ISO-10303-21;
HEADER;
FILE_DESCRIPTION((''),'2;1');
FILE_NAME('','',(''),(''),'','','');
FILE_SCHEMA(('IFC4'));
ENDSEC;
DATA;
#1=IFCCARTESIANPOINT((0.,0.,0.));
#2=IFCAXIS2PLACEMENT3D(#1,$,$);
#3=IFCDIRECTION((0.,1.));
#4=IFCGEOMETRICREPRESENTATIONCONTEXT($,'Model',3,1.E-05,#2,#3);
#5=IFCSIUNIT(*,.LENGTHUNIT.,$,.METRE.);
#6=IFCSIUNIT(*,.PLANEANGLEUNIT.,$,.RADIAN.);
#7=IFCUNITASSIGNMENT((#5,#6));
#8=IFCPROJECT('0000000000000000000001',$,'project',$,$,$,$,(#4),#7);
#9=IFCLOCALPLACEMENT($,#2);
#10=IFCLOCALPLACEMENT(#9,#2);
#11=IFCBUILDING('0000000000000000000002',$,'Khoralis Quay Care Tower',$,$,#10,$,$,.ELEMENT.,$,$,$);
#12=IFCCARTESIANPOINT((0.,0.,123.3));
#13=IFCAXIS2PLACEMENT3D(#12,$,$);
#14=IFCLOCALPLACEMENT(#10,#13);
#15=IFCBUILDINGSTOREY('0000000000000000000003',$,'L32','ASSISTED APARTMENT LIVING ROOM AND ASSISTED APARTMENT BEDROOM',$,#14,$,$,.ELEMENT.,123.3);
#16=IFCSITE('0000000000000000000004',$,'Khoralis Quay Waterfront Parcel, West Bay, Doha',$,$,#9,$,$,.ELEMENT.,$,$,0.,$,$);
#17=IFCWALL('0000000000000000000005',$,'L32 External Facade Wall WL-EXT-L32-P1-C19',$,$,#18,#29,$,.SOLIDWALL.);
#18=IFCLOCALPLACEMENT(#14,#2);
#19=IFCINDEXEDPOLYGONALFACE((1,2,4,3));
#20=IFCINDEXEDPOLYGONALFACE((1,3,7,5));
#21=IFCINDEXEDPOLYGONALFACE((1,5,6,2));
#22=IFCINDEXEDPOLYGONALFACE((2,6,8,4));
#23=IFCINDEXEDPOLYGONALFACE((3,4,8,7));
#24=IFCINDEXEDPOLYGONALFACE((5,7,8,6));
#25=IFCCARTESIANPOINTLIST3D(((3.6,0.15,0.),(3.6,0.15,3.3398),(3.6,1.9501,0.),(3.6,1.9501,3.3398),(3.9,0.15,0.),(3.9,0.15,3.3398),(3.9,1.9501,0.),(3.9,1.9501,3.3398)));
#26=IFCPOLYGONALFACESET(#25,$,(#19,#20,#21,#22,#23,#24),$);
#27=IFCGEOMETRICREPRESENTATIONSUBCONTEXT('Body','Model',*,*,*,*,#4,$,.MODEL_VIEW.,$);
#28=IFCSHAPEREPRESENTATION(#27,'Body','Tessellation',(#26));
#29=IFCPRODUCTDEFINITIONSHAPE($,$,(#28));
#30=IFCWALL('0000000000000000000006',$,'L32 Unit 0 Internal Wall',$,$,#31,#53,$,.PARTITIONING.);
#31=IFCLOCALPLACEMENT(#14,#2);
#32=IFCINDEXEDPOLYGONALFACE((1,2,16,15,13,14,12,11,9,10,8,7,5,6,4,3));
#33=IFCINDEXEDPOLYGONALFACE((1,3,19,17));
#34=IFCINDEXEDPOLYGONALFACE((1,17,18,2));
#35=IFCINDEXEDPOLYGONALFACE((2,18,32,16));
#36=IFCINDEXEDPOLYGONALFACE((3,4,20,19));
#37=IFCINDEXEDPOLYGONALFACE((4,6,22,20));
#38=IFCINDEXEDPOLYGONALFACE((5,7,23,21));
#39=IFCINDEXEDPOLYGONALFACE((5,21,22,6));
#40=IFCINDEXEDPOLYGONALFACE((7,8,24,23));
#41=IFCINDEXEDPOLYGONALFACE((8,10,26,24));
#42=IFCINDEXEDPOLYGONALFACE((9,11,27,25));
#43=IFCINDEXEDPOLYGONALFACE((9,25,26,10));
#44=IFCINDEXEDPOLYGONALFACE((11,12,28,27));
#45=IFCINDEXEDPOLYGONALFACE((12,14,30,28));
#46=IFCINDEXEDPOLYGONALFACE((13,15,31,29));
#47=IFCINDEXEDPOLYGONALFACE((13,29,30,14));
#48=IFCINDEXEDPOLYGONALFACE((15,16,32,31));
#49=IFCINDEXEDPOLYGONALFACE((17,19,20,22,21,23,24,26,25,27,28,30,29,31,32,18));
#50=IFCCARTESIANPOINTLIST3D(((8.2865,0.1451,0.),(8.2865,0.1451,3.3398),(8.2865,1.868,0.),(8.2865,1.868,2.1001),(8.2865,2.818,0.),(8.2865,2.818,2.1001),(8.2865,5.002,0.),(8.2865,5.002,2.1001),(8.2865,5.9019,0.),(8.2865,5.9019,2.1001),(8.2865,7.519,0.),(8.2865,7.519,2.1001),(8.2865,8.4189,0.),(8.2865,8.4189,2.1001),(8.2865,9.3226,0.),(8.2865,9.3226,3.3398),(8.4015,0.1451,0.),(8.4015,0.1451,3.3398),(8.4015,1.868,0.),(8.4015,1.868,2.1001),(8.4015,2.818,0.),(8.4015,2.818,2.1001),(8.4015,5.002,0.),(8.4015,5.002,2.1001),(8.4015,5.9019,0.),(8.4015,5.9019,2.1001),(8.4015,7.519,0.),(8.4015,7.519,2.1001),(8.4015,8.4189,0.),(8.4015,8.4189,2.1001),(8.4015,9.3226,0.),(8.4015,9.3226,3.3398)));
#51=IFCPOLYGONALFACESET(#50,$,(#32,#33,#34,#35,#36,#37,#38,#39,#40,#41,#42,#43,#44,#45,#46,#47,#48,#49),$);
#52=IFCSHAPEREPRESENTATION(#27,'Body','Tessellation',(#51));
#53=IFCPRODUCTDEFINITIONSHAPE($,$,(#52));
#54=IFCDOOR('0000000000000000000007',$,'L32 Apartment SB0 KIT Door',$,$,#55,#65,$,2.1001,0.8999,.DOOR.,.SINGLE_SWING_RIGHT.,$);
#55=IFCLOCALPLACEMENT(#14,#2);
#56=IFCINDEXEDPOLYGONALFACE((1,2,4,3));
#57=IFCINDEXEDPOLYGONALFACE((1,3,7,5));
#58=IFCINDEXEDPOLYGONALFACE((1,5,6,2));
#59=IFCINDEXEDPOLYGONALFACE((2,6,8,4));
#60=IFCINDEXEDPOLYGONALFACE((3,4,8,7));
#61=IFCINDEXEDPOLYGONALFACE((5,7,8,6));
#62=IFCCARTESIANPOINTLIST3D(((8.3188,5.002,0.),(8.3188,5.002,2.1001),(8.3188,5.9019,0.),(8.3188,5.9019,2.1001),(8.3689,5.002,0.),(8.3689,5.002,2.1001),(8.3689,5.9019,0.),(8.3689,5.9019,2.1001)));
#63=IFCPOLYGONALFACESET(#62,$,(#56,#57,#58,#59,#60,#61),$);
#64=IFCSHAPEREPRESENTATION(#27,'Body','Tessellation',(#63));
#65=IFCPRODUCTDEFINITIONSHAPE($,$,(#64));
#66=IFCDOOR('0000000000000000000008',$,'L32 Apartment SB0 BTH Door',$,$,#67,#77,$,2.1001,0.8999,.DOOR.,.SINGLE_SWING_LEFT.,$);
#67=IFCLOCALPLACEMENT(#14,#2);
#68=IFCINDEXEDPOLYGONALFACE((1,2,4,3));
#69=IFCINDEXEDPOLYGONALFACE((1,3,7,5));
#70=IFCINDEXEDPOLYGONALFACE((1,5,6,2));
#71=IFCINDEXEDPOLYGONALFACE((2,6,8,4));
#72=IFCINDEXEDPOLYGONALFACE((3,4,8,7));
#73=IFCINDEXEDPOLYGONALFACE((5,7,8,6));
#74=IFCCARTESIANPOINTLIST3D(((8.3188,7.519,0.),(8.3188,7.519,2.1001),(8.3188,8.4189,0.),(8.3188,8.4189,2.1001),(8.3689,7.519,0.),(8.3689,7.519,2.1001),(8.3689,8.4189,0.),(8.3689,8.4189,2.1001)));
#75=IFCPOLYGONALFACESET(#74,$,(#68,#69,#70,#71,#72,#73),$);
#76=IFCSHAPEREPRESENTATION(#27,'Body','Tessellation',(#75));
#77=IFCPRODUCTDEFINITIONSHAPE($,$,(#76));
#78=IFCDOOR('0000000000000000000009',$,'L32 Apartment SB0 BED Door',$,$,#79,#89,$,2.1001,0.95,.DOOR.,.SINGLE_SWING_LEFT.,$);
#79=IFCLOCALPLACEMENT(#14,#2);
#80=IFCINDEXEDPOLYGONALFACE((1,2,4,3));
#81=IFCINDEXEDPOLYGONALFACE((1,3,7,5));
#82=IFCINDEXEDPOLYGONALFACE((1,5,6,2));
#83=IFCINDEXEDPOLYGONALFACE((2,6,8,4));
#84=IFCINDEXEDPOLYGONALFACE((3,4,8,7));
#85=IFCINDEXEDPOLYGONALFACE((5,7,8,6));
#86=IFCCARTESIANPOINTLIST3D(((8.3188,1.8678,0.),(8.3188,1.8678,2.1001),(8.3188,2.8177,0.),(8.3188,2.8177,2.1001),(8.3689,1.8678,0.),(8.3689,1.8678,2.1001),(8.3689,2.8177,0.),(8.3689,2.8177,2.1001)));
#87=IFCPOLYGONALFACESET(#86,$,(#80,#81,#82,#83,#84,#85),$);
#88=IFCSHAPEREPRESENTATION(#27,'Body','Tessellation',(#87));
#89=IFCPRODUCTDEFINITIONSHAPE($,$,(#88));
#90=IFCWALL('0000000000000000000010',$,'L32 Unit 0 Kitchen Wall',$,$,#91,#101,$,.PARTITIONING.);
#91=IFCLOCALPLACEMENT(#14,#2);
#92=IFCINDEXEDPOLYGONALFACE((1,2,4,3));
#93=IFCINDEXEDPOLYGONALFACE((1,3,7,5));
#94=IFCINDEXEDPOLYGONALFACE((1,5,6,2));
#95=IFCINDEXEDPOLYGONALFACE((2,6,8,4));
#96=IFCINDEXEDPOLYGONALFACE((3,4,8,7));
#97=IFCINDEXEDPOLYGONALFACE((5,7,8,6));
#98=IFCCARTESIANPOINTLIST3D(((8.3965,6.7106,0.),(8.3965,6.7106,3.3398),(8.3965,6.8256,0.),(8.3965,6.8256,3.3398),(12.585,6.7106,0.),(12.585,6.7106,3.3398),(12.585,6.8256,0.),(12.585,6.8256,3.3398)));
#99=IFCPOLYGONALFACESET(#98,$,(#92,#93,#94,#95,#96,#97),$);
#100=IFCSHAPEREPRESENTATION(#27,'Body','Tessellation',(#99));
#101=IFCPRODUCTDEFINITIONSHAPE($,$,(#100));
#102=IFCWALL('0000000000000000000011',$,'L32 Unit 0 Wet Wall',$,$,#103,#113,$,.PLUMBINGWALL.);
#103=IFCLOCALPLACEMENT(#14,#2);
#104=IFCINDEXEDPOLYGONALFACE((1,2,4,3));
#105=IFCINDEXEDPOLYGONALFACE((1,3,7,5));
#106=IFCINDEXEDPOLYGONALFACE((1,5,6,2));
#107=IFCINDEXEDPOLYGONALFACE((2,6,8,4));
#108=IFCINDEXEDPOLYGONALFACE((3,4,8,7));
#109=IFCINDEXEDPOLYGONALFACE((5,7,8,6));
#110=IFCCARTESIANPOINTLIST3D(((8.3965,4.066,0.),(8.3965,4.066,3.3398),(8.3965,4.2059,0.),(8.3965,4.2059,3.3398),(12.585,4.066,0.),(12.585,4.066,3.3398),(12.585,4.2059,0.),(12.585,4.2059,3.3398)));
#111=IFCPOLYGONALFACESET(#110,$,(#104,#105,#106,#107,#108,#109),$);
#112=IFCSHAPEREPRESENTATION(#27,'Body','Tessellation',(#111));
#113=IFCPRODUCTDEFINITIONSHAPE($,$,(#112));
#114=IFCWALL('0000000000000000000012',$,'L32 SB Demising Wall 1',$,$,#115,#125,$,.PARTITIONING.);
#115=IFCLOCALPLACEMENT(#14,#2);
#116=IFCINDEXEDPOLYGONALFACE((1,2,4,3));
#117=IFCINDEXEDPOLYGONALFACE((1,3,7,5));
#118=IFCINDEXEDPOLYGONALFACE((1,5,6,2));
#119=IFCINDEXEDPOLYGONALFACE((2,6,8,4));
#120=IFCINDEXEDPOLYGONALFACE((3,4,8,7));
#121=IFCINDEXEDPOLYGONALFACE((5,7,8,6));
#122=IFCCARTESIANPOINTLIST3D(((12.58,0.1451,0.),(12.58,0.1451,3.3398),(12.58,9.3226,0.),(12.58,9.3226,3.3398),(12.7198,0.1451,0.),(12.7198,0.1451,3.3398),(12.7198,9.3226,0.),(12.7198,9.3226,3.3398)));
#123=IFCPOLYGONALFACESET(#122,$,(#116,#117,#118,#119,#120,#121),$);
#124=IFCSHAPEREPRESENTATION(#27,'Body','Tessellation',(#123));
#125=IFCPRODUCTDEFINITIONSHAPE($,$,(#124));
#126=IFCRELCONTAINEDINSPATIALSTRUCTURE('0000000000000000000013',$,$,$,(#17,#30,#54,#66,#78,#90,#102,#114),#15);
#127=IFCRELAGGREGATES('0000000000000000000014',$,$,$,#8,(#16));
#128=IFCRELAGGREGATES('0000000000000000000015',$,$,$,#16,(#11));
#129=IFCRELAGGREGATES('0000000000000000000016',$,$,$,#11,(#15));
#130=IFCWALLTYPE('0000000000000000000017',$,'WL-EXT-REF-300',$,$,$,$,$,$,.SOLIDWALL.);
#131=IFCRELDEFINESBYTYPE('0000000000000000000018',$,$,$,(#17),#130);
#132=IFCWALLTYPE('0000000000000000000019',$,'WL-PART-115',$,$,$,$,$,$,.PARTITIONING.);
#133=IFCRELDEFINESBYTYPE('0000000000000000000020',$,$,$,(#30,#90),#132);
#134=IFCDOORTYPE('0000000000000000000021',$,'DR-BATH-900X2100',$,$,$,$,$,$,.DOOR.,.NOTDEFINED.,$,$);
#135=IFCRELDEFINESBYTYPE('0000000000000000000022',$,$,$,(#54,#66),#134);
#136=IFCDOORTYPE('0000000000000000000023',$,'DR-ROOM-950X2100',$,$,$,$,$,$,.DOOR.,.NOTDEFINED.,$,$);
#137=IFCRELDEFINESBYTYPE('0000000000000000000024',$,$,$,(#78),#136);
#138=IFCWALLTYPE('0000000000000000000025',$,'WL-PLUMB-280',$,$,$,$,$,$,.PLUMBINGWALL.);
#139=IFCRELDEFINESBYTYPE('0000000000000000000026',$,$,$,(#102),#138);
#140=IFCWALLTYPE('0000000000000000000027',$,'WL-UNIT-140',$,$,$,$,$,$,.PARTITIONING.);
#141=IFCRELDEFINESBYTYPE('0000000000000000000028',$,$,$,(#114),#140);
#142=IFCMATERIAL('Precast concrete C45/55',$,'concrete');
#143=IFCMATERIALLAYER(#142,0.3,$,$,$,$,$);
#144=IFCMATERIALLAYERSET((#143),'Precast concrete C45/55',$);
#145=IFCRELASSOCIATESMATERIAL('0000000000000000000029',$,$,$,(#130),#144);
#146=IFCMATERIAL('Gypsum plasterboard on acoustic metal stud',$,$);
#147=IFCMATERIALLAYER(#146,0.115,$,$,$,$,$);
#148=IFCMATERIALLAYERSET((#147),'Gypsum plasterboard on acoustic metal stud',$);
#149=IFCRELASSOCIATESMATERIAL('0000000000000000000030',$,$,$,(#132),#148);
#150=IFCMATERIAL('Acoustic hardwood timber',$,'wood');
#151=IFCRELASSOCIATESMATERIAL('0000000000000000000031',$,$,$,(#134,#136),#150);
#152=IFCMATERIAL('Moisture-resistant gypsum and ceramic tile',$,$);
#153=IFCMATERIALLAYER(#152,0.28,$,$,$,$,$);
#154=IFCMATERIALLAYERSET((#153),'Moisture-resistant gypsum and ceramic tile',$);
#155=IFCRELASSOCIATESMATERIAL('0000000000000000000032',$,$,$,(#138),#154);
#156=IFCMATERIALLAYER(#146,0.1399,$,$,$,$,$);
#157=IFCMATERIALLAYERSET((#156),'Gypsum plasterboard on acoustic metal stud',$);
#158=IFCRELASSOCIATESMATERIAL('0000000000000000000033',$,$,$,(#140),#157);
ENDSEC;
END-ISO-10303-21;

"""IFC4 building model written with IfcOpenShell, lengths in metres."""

from ifc_helpers import new_model, si_unit, direction, frame, frame_2d, origin, place, context, subcontext, project, spatial, rectangle, extrude, source, transform, mapped, material, layer, layer_set, type_object, element, fill, save


model = new_model("IFC4")

# Units and contexts
model_context = context("Model", 3, precision=1e-05, world=origin(), true_north=direction((0.0, 1.0)))
body_context = subcontext(model_context, "Body", "Model", "MODEL_VIEW")
ifc_project = project(units=[si_unit("LENGTHUNIT", "METRE"), si_unit("PLANEANGLEUNIT", "RADIAN")], contexts=[model_context])

# Site, building, storey
site_placement = place(None, origin())
site = spatial("IfcSite", under=ifc_project, at=site_placement, Name="Khoralis Quay Waterfront Parcel, West Bay, Doha", CompositionType="ELEMENT", RefElevation=0.0)
building_placement = place(site_placement, origin())
building = spatial("IfcBuilding", under=site, at=building_placement, Name="Khoralis Quay Care Tower", CompositionType="ELEMENT")
storey_placement = place(building_placement, frame((0.0, 0.0, 123.3)))
storey = spatial("IfcBuildingStorey", under=building, at=storey_placement, Name="L32", Description="ASSISTED APARTMENT LIVING ROOM AND ASSISTED APARTMENT BEDROOM", CompositionType="ELEMENT", Elevation=123.3)

# Wall
ifc_material_1 = material(Name="Precast concrete C45/55", Category="concrete")
ifc_layer_1 = layer(ifc_material_1, 0.3)
ifc_layer_set_1 = layer_set([ifc_layer_1], Name="Precast concrete C45/55")
wall_type_1 = type_object("IfcWallType", Name="WL-EXT-REF-300", PredefinedType="SOLIDWALL", material=ifc_layer_set_1)
wall_1_placement = place(storey_placement, frame((3.75, 1.95, 0.0), z_axis=(0.0, 0.0, 1.0), x_axis=(0.0, -1.0, 0.0)))
element("IfcWall", 1, at=wall_1_placement, inside=storey, type_object=wall_type_1, Name="L32 External Facade Wall WL-EXT-L32-P1-C19", PredefinedType="SOLIDWALL", context=body_context, shape_type="SweptSolid", body=[
    extrude(rectangle(XDim=1.8, YDim=0.3, at=frame_2d((0.8999, 0.0))), origin(), (0.0, 0.0, 1.0), 3.3398),
])

# Wall, openings, doors
ifc_material_2 = material(Name="Gypsum plasterboard on acoustic metal stud")
ifc_layer_2 = layer(ifc_material_2, 0.115)
ifc_layer_set_2 = layer_set([ifc_layer_2], Name="Gypsum plasterboard on acoustic metal stud")
wall_type_2 = type_object("IfcWallType", Name="WL-PART-115", PredefinedType="PARTITIONING", material=ifc_layer_set_2)
wall_2_placement = place(storey_placement, frame((8.344, 0.145, 0.0), z_axis=(0.0, 0.0, 1.0), x_axis=(0.0, 1.0, 0.0)))
wall_2 = element("IfcWall", 2, at=wall_2_placement, inside=storey, type_object=wall_type_2, Name="L32 Unit 0 Internal Wall", PredefinedType="PARTITIONING", context=body_context, shape_type="SweptSolid", body=[
    extrude(rectangle(XDim=9.1775, YDim=0.115, at=frame_2d((4.5889, 0.0))), origin(), (0.0, 0.0, 1.0), 3.3398),
])
opening_1_placement = place(wall_2_placement, frame((1.7229, 0.0, 0.0)))
opening_1 = element("IfcOpeningElement", 3, at=opening_1_placement, cuts=wall_2, PredefinedType="OPENING", context=body_context, shape_type="SweptSolid", body=[
    extrude(rectangle(XDim=0.95, YDim=2.1001, at=frame_2d((0.4751, 1.05))), frame((0.0, 0.0674, 0.0), z_axis=(0.0, -1.0, 0.0), x_axis=(1.0, 0.0, 0.0)), (0.0, 0.0, 1.0), 0.135),
])
opening_2_placement = place(wall_2_placement, frame((4.8569, 0.0, 0.0)))
opening_2 = element("IfcOpeningElement", 4, at=opening_2_placement, cuts=wall_2, PredefinedType="OPENING", context=body_context, shape_type="SweptSolid", body=[
    extrude(rectangle(XDim=0.8999, YDim=2.1001, at=frame_2d((0.45, 1.05))), frame((0.0, 0.0674, 0.0), z_axis=(0.0, -1.0, 0.0), x_axis=(1.0, 0.0, 0.0)), (0.0, 0.0, 1.0), 0.135),
])
opening_3_placement = place(wall_2_placement, frame((7.374, 0.0, 0.0)))
opening_3 = element("IfcOpeningElement", 5, at=opening_3_placement, cuts=wall_2, PredefinedType="OPENING", context=body_context, shape_type="SweptSolid", body=[
    extrude(rectangle(XDim=0.8999, YDim=2.1001, at=frame_2d((0.45, 1.05))), frame((0.0, 0.0674, 0.0), z_axis=(0.0, -1.0, 0.0), x_axis=(1.0, 0.0, 0.0)), (0.0, 0.0, 1.0), 0.135),
])
ifc_material_3 = material(Name="Acoustic hardwood timber", Category="wood")
door_type_1 = type_object("IfcDoorType", Name="DR-BATH-900X2100", OperationType="NOTDEFINED", PredefinedType="DOOR", material=ifc_material_3)
shared_shape_1 = source(origin(), body_context, "Body", "SweptSolid", [
    extrude(rectangle(XDim=0.8999, YDim=2.1001, at=frame_2d((0.45, 1.05))), frame((0.0, 0.0249, 0.0), z_axis=(0.0, -1.0, 0.0), x_axis=(1.0, 0.0, 0.0)), (0.0, 0.0, 1.0), 0.05),
])
door_1_placement = place(opening_2_placement, frame((0.8999, 0.0, 0.0), z_axis=(0.0, 0.0, 1.0), x_axis=(-1.0, 0.0, 0.0)))
door_1 = element("IfcDoor", 6, at=door_1_placement, inside=storey, type_object=door_type_1, Name="L32 Apartment SB0 KIT Door", OperationType="SINGLE_SWING_RIGHT", OverallHeight=2.1001, OverallWidth=0.8999, PredefinedType="DOOR", context=body_context, shape_type="MappedRepresentation", body=[
    mapped(shared_shape_1, transform((0.0, 0.0, 0.0), scale=1.0)),
])
fill(opening_2, door_1)
door_2_placement = place(opening_3_placement, frame((0.8999, 0.0, 0.0), z_axis=(0.0, 0.0, 1.0), x_axis=(-1.0, 0.0, 0.0)))
door_2 = element("IfcDoor", 7, at=door_2_placement, inside=storey, type_object=door_type_1, Name="L32 Apartment SB0 BTH Door", OperationType="SINGLE_SWING_LEFT", OverallHeight=2.1001, OverallWidth=0.8999, PredefinedType="DOOR", context=body_context, shape_type="MappedRepresentation", body=[
    mapped(shared_shape_1, transform((0.0, 0.0, 0.0), scale=1.0)),
])
fill(opening_3, door_2)
door_type_2 = type_object("IfcDoorType", Name="DR-ROOM-950X2100", OperationType="NOTDEFINED", PredefinedType="DOOR", material=ifc_material_3)
shared_shape_2 = source(origin(), body_context, "Body", "SweptSolid", [
    extrude(rectangle(XDim=0.95, YDim=2.1001, at=frame_2d((0.4751, 1.05))), frame((0.0, 0.0249, 0.0), z_axis=(0.0, -1.0, 0.0), x_axis=(1.0, 0.0, 0.0)), (0.0, 0.0, 1.0), 0.05),
])
door_3_placement = place(opening_1_placement, frame((0.95, 0.0, 0.0), z_axis=(0.0, 0.0, 1.0), x_axis=(-1.0, 0.0, 0.0)))
door_3 = element("IfcDoor", 8, at=door_3_placement, inside=storey, type_object=door_type_2, Name="L32 Apartment SB0 BED Door", OperationType="SINGLE_SWING_LEFT", OverallHeight=2.1001, OverallWidth=0.95, PredefinedType="DOOR", context=body_context, shape_type="MappedRepresentation", body=[
    mapped(shared_shape_2, transform((0.0, 0.0, 0.0), scale=1.0)),
])
fill(opening_1, door_3)

# Walls
wall_3_placement = place(storey_placement, frame((8.3965, 6.7681, 0.0), z_axis=(0.0, 0.0, 1.0), x_axis=(1.0, 0.0, 0.0)))
element("IfcWall", 9, at=wall_3_placement, inside=storey, type_object=wall_type_2, Name="L32 Unit 0 Kitchen Wall", PredefinedType="PARTITIONING", context=body_context, shape_type="SweptSolid", body=[
    extrude(rectangle(XDim=4.1885, YDim=0.115, at=frame_2d((2.0942, 0.0))), origin(), (0.0, 0.0, 1.0), 3.3398),
])
ifc_material_4 = material(Name="Moisture-resistant gypsum and ceramic tile")
ifc_layer_3 = layer(ifc_material_4, 0.28)
ifc_layer_set_3 = layer_set([ifc_layer_3], Name="Moisture-resistant gypsum and ceramic tile")
wall_type_3 = type_object("IfcWallType", Name="WL-PLUMB-280", PredefinedType="PLUMBINGWALL", material=ifc_layer_set_3)
wall_4_placement = place(storey_placement, frame((8.3965, 4.136, 0.0), z_axis=(0.0, 0.0, 1.0), x_axis=(1.0, 0.0, 0.0)))
element("IfcWall", 10, at=wall_4_placement, inside=storey, type_object=wall_type_3, Name="L32 Unit 0 Wet Wall", PredefinedType="PLUMBINGWALL", context=body_context, shape_type="SweptSolid", body=[
    extrude(rectangle(XDim=4.1885, YDim=0.1399, at=frame_2d((2.0942, 0.0))), origin(), (0.0, 0.0, 1.0), 3.3398),
])
ifc_layer_4 = layer(ifc_material_2, 0.1399)
ifc_layer_set_4 = layer_set([ifc_layer_4], Name="Gypsum plasterboard on acoustic metal stud")
wall_type_4 = type_object("IfcWallType", Name="WL-UNIT-140", PredefinedType="PARTITIONING", material=ifc_layer_set_4)
wall_5_placement = place(storey_placement, frame((12.6499, 0.145, 0.0), z_axis=(0.0, 0.0, 1.0), x_axis=(0.0, 1.0, 0.0)))
element("IfcWall", 11, at=wall_5_placement, inside=storey, type_object=wall_type_4, Name="L32 SB Demising Wall 1", PredefinedType="PARTITIONING", context=body_context, shape_type="SweptSolid", body=[
    extrude(rectangle(XDim=9.1775, YDim=0.1399, at=frame_2d((4.5889, 0.0))), origin(), (0.0, 0.0, 1.0), 3.3398),
])

save(model, "model.ifc")
